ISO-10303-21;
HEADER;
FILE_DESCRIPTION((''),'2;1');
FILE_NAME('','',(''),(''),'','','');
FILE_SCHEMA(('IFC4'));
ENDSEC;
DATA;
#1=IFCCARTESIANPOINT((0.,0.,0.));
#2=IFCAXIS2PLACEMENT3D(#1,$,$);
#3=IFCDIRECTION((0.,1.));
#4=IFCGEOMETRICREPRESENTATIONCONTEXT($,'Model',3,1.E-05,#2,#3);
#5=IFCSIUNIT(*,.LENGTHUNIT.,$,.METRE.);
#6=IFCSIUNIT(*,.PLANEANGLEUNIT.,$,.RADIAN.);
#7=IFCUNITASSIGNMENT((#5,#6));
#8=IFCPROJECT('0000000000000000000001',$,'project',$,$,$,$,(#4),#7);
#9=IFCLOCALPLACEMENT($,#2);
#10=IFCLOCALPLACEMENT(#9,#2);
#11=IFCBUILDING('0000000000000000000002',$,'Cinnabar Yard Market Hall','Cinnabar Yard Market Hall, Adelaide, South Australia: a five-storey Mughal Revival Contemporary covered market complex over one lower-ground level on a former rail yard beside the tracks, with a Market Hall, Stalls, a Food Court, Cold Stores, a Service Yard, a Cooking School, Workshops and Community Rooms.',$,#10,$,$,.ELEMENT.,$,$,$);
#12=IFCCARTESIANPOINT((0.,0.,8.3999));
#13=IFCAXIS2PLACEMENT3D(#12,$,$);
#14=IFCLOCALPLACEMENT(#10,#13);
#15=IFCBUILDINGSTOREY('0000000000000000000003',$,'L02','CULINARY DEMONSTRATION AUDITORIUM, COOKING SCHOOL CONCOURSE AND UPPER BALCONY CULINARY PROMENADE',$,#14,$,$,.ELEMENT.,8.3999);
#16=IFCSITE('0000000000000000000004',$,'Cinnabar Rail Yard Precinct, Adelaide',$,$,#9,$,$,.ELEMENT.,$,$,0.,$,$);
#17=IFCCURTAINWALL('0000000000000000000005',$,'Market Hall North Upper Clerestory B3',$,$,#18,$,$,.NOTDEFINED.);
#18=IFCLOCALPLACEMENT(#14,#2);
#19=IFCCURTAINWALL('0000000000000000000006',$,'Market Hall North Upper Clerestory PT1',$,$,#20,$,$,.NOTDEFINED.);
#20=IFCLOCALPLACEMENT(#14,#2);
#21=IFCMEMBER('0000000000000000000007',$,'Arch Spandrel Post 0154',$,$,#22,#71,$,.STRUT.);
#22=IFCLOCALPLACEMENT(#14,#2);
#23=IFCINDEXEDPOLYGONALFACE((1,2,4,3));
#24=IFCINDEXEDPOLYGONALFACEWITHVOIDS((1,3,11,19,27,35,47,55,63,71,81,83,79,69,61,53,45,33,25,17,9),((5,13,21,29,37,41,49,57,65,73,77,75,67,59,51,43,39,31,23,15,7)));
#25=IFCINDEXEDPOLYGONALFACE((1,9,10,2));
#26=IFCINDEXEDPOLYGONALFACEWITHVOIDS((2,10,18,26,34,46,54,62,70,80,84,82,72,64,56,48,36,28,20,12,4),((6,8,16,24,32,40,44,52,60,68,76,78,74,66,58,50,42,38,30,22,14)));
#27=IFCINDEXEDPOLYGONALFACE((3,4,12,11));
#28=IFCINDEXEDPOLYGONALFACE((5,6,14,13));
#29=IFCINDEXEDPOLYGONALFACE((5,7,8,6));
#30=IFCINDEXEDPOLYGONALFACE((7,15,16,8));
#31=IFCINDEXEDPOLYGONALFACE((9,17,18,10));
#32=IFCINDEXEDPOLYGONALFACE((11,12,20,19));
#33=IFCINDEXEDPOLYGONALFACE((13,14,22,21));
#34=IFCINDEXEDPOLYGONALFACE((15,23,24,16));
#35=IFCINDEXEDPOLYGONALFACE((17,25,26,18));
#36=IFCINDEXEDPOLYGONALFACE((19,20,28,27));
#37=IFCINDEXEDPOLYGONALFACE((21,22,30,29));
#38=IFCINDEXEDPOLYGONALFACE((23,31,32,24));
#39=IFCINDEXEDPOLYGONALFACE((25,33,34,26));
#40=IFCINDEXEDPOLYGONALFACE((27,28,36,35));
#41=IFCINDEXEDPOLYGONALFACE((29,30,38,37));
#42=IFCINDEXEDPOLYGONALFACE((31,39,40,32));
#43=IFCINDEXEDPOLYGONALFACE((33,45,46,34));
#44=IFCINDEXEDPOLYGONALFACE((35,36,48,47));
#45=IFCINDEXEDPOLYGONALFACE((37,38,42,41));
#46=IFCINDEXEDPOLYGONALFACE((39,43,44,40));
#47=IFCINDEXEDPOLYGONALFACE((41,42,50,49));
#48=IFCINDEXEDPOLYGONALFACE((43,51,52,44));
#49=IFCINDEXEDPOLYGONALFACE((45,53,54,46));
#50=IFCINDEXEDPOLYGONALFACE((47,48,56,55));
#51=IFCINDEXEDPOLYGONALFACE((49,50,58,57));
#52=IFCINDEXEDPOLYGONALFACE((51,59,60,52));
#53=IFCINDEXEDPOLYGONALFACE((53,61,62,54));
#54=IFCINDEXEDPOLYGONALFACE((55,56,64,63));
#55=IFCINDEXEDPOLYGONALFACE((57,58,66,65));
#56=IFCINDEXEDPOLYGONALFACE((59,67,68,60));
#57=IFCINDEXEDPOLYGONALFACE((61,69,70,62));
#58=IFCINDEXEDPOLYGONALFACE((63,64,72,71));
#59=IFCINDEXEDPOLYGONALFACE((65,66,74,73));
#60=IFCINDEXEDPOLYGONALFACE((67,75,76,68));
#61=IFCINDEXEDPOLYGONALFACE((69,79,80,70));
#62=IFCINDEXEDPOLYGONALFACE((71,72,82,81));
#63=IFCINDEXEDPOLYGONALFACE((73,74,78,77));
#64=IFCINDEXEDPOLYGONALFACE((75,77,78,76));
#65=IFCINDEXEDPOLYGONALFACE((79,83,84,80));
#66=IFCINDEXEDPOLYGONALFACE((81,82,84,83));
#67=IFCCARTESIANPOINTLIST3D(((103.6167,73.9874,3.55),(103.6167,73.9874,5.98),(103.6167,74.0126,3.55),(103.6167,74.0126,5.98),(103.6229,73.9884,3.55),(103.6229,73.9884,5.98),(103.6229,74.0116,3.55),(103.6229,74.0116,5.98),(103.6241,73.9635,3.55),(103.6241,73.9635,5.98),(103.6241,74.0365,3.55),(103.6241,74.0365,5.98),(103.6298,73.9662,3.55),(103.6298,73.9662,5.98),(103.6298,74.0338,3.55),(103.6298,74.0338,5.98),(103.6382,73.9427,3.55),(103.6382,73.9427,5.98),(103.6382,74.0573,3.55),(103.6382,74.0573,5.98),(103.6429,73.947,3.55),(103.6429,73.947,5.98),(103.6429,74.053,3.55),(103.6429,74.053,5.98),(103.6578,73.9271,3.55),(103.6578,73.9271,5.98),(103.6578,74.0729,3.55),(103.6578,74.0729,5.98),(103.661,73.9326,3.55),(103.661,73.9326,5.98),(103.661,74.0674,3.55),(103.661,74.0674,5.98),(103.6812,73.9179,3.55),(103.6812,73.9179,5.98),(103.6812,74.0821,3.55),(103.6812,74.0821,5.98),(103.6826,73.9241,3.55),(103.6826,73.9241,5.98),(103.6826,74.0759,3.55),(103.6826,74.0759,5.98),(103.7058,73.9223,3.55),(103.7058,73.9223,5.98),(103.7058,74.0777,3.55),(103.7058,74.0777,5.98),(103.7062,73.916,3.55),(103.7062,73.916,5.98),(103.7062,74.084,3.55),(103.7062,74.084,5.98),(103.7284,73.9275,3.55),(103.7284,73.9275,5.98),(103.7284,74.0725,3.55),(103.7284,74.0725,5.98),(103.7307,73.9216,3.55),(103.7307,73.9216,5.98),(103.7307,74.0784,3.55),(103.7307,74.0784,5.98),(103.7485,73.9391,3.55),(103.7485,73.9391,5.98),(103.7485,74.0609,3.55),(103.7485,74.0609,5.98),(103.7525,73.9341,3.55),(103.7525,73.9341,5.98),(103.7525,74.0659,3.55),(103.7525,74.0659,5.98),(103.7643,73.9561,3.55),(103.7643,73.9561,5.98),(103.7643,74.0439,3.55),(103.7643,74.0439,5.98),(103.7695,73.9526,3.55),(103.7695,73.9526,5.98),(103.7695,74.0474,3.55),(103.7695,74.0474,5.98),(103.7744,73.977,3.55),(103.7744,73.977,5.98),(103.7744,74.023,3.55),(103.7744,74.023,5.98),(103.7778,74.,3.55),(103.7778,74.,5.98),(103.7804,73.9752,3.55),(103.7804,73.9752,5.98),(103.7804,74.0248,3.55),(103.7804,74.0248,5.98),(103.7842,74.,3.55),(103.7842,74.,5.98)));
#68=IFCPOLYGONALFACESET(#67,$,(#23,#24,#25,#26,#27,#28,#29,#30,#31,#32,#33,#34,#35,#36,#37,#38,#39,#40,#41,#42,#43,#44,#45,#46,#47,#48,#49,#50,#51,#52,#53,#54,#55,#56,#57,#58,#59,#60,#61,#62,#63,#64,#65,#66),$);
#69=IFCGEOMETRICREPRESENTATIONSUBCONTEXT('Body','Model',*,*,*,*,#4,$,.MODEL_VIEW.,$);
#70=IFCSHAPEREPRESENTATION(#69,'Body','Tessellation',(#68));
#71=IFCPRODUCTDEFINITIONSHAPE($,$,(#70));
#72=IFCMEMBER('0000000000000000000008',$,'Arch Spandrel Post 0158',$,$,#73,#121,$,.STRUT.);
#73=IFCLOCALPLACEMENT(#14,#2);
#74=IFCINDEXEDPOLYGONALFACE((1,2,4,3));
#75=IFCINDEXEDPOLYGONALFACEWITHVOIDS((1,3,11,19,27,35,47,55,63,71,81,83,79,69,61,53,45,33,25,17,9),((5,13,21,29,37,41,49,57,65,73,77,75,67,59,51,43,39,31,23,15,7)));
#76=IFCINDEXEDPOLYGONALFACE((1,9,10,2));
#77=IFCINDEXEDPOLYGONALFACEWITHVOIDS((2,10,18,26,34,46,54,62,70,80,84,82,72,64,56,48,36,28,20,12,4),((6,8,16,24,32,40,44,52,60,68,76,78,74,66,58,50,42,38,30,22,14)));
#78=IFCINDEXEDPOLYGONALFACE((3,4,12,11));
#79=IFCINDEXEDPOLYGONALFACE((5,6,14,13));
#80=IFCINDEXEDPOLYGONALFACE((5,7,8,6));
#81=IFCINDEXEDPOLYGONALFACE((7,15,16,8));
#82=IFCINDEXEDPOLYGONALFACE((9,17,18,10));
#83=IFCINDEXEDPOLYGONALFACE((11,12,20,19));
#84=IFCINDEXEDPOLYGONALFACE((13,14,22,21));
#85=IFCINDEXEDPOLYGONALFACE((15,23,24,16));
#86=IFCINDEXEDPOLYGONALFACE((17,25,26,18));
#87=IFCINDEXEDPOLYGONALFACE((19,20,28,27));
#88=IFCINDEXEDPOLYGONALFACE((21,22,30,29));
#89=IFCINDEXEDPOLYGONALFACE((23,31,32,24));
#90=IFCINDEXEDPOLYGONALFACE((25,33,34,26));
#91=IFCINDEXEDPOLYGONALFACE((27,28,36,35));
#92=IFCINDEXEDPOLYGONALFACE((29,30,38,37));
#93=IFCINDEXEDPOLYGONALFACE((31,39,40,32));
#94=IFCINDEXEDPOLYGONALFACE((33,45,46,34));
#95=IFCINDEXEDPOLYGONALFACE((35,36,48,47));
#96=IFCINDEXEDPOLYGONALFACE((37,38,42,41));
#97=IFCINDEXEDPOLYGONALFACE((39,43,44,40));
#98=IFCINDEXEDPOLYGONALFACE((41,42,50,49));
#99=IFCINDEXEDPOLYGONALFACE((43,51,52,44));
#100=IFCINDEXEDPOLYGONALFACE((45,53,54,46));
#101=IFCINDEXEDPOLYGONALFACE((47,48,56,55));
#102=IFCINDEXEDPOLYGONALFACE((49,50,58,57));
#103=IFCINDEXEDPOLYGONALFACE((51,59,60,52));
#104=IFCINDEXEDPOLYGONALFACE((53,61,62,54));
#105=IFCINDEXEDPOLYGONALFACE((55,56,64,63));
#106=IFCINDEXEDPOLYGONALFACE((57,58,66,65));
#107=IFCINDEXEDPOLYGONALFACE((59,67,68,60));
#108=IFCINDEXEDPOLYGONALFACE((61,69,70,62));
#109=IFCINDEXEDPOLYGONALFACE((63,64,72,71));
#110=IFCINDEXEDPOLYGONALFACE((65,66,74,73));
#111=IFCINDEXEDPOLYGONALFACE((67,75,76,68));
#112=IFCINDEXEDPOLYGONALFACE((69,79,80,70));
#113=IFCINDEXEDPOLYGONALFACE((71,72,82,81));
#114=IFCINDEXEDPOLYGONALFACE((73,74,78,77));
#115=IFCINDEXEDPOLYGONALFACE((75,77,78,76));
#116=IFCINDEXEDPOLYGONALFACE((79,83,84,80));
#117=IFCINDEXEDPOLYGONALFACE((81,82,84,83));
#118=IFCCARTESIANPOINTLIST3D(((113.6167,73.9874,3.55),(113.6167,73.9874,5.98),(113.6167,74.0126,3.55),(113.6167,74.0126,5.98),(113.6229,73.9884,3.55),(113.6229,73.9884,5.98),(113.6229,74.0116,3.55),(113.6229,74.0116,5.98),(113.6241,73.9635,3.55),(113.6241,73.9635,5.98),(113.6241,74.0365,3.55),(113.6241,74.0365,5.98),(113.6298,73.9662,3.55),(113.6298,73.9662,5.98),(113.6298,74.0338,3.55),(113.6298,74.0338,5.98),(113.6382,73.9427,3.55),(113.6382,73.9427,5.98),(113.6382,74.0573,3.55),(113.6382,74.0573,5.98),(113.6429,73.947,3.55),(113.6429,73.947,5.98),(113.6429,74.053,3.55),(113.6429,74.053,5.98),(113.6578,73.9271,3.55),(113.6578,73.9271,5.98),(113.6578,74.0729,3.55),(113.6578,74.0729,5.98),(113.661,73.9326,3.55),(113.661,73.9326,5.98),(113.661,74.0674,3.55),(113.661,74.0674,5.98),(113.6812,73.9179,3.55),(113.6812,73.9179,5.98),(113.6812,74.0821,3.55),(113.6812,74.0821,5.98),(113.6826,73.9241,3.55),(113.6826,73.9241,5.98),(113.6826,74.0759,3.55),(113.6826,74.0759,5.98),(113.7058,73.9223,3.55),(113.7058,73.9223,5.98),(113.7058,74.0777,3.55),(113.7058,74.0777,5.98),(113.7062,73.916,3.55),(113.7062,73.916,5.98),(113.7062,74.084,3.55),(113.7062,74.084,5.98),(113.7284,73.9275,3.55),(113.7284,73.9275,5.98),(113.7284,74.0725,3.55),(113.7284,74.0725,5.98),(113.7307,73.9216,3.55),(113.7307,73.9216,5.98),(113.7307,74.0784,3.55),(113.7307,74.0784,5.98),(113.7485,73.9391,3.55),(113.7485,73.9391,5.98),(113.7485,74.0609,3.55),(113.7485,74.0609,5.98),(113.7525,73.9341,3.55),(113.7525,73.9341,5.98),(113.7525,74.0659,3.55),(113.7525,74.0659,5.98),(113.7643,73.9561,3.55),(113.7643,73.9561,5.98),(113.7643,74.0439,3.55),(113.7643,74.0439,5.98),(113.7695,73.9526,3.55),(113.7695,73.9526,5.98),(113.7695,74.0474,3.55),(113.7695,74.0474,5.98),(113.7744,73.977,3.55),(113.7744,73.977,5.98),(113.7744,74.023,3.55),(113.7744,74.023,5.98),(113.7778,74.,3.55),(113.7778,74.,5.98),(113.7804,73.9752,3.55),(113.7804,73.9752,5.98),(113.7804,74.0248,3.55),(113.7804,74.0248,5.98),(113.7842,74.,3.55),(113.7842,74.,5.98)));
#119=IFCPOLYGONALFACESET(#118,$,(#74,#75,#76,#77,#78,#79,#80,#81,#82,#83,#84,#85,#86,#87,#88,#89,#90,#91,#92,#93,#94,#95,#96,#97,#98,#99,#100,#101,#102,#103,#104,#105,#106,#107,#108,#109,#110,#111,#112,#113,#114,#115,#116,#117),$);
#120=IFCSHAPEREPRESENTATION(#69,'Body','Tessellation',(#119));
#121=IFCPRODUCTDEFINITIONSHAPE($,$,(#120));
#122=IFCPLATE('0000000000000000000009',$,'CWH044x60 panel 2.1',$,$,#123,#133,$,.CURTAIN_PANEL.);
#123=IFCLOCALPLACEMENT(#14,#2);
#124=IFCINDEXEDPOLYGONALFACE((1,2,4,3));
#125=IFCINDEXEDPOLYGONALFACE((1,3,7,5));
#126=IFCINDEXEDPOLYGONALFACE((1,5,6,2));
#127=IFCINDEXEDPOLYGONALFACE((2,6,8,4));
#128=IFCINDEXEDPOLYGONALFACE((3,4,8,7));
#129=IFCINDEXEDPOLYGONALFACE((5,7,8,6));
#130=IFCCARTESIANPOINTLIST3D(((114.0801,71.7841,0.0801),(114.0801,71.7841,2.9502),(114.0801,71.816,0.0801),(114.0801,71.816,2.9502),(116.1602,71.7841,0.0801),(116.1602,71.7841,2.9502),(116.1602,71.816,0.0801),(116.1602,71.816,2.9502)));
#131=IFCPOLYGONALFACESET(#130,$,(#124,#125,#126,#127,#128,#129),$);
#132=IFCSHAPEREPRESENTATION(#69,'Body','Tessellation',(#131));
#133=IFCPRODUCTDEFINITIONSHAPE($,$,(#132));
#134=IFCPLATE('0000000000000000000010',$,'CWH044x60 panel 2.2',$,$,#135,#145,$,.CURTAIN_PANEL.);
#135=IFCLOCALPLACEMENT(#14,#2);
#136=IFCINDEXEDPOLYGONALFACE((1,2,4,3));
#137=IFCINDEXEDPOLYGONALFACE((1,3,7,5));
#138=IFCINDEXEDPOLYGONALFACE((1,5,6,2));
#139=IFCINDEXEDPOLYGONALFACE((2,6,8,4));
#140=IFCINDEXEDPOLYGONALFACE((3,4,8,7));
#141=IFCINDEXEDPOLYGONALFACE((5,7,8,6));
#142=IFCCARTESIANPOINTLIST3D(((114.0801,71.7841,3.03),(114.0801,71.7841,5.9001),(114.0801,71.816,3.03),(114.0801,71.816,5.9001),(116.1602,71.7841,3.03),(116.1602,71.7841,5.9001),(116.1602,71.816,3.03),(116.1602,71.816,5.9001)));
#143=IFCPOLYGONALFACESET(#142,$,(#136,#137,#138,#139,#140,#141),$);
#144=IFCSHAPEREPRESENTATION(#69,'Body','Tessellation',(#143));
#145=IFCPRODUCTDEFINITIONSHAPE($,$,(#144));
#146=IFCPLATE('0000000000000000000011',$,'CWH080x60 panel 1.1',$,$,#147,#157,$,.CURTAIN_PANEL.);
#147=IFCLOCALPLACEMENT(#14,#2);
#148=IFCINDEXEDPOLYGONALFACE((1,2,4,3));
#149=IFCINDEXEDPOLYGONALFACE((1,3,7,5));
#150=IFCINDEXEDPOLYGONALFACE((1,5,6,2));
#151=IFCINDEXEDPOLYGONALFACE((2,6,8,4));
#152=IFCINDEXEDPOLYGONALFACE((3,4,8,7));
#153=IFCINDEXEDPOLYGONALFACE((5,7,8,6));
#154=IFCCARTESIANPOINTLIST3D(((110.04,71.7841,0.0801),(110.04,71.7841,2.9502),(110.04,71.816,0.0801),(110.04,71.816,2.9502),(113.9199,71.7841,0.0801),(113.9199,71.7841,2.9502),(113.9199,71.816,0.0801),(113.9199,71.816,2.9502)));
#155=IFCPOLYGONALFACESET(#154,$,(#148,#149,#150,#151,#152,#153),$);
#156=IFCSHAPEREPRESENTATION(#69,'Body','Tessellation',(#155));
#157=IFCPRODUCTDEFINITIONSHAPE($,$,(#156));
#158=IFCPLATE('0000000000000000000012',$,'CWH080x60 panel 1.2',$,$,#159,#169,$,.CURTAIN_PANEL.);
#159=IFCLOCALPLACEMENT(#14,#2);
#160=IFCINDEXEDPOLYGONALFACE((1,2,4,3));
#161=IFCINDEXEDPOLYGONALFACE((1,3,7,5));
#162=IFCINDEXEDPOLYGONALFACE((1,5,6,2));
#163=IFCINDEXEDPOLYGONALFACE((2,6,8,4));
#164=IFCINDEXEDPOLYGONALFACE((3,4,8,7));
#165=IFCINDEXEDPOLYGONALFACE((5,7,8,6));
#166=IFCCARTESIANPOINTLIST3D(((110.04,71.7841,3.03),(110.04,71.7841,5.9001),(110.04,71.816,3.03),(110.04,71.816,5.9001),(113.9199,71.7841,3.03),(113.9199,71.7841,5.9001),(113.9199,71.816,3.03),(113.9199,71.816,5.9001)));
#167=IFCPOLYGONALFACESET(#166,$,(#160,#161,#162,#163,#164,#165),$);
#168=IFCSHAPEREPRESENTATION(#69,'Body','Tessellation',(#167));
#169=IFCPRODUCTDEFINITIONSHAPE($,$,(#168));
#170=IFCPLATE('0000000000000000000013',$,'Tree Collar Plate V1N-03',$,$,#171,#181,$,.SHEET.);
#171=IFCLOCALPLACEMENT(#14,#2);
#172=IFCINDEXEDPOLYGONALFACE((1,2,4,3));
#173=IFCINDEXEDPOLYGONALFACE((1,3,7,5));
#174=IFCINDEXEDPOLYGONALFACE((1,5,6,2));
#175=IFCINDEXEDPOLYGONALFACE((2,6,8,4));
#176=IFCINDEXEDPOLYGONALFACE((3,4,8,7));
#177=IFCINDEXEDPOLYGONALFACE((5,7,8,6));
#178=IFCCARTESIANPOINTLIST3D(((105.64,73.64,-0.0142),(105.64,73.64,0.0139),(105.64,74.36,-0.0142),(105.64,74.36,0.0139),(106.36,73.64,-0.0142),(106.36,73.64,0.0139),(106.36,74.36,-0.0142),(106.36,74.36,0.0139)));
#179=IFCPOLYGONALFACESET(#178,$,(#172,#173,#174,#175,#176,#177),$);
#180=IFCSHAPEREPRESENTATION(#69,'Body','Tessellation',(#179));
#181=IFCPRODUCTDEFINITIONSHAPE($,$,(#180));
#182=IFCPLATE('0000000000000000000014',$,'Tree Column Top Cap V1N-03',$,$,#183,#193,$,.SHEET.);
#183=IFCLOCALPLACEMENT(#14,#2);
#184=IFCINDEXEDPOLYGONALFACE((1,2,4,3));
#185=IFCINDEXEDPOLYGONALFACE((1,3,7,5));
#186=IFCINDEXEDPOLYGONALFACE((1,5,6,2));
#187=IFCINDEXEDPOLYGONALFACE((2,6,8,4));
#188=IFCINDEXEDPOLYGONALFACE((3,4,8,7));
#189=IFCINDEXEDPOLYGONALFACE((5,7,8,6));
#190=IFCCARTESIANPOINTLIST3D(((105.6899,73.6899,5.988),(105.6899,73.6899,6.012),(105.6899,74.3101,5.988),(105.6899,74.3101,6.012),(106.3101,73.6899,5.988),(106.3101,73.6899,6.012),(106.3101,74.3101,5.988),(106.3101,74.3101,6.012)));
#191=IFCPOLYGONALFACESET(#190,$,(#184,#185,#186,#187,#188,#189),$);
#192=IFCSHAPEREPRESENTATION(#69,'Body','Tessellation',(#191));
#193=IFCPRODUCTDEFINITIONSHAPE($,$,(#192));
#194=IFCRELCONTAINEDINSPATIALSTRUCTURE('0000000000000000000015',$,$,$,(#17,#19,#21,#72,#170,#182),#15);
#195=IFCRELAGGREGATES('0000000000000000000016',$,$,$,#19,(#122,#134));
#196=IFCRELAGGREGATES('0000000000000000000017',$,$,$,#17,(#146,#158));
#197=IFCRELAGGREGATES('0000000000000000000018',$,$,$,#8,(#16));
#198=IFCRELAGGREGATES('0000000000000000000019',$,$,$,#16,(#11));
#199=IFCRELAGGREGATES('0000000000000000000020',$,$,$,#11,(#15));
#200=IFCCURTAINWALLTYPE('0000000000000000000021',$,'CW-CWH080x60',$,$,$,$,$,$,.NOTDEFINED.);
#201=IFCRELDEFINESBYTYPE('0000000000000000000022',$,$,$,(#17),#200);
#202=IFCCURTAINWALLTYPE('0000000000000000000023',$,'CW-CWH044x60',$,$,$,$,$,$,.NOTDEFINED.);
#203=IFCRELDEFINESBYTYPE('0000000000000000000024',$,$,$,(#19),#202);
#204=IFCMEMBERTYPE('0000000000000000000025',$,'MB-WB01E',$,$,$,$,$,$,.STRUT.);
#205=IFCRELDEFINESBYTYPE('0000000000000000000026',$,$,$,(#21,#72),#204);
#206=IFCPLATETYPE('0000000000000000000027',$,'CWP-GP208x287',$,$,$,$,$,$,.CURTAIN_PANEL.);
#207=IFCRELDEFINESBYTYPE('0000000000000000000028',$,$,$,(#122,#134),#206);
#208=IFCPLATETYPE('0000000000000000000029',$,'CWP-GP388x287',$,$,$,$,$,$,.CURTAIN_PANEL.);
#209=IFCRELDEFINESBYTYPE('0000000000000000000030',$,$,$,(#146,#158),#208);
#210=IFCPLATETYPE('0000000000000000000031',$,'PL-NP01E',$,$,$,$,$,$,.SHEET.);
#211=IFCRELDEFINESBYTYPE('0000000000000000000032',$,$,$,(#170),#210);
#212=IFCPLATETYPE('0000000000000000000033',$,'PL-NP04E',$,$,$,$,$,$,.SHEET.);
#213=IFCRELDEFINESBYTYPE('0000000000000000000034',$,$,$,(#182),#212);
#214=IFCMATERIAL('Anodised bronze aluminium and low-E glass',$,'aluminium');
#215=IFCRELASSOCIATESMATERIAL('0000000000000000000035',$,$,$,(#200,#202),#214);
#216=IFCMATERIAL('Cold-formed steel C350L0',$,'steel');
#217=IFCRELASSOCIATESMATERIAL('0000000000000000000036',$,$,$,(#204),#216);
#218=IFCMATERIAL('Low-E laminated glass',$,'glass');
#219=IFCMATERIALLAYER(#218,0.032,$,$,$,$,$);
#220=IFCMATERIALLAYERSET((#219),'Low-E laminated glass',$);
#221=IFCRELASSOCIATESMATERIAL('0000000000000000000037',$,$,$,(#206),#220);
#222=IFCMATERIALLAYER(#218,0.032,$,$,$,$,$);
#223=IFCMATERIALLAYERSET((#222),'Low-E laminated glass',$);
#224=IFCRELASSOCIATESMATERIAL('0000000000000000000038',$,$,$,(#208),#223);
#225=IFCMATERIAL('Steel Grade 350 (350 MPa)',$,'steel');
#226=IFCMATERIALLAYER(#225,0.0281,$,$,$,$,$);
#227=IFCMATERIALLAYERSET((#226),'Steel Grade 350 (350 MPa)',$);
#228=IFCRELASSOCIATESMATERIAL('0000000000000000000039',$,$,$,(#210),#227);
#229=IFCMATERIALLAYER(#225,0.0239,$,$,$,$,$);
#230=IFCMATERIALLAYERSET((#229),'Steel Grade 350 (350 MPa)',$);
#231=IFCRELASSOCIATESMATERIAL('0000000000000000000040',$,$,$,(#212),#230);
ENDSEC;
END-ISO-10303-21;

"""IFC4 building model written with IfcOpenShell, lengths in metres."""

from ifc_helpers import new_model, si_unit, direction, frame, origin, origin_2d_with_axis, place, context, subcontext, project, spatial, rectangle, hollow_circle, extrude, material, layer, layer_set, material_profile, profile_set, type_object, element, aggregate, save


model = new_model("IFC4")

# Units and contexts
model_context = context("Model", 3, precision=1e-05, world=origin(), true_north=direction((0.0, 1.0)))
body_context = subcontext(model_context, "Body", "Model", "MODEL_VIEW")
ifc_project = project(units=[si_unit("LENGTHUNIT", "METRE"), si_unit("PLANEANGLEUNIT", "RADIAN")], contexts=[model_context])

# Site, building, storey
site_placement = place(None, origin())
site = spatial("IfcSite", under=ifc_project, at=site_placement, Name="Cinnabar Rail Yard Precinct, Adelaide", CompositionType="ELEMENT", RefElevation=0.0)
building_placement = place(site_placement, origin())
building = spatial("IfcBuilding", under=site, at=building_placement, Name="Cinnabar Yard Market Hall", Description="Cinnabar Yard Market Hall, Adelaide, South Australia: a five-storey Mughal Revival Contemporary covered market complex over one lower-ground level on a former rail yard beside the tracks, with a Market Hall, Stalls, a Food Court, Cold Stores, a Service Yard, a Cooking School, Workshops and Community Rooms.", CompositionType="ELEMENT")
storey_placement = place(building_placement, frame((0.0, 0.0, 8.3999)))
storey = spatial("IfcBuildingStorey", under=building, at=storey_placement, Name="L02", Description="CULINARY DEMONSTRATION AUDITORIUM, COOKING SCHOOL CONCOURSE AND UPPER BALCONY CULINARY PROMENADE", CompositionType="ELEMENT", Elevation=8.3999)

# Curtain wall
ifc_material_1 = material(Name="Anodised bronze aluminium and low-E glass", Category="aluminium")
curtain_wall_type_1 = type_object("IfcCurtainWallType", Name="CW-CWH080x60", PredefinedType="NOTDEFINED", material=ifc_material_1)
curtain_wall_1_placement = place(storey_placement, origin())
curtain_wall_1 = element("IfcCurtainWall", 1, at=curtain_wall_1_placement, inside=storey, type_object=curtain_wall_type_1, Name="Market Hall North Upper Clerestory B3", PredefinedType="NOTDEFINED")

# Curtain wall
curtain_wall_type_2 = type_object("IfcCurtainWallType", Name="CW-CWH044x60", PredefinedType="NOTDEFINED", material=ifc_material_1)
curtain_wall_2_placement = place(storey_placement, origin())
curtain_wall_2 = element("IfcCurtainWall", 2, at=curtain_wall_2_placement, inside=storey, type_object=curtain_wall_type_2, Name="Market Hall North Upper Clerestory PT1", PredefinedType="NOTDEFINED")

# Members
ifc_material_2 = material(Name="Cold-formed steel C350L0", Category="steel")
ifc_material_profile_1 = material_profile(ifc_material_2, hollow_circle(Radius=0.0842, WallThickness=0.0063, at=origin_2d_with_axis()), Name="168.3x6.4CHS")
ifc_profile_set_1 = profile_set([ifc_material_profile_1], Name="Cold-formed steel C350L0")
member_type_1 = type_object("IfcMemberType", Name="MB-WB01E", PredefinedType="STRUT", material=ifc_profile_set_1)
for number, where, z_axis, x_axis, name in (
    (3, (103.7, 74.0, 3.55), (0.0, 0.0, 1.0), (1.0, 0.0, 0.0), "Arch Spandrel Post 0154"),
    (4, (113.7, 74.0, 3.55), (0.0, 0.0, 1.0), (1.0, 0.0, 0.0), "Arch Spandrel Post 0158"),
):
    element("IfcMember", number, at=place(storey_placement, frame(where, z_axis=z_axis, x_axis=x_axis)), inside=storey, type_object=member_type_1, Name=name, PredefinedType="STRUT", context=body_context, shape_type="SweptSolid", body=[
        extrude(hollow_circle(Radius=0.0842, WallThickness=0.0063, at=origin_2d_with_axis()), origin(), (0.0, 0.0, 1.0), 2.4299),
    ])

# Plates
ifc_material_3 = material(Name="Low-E laminated glass", Category="glass")
ifc_layer_1 = layer(ifc_material_3, 0.032)
ifc_layer_set_1 = layer_set([ifc_layer_1], Name="Low-E laminated glass")
plate_type_1 = type_object("IfcPlateType", Name="CWP-GP208x287", PredefinedType="CURTAIN_PANEL", material=ifc_layer_set_1)
plate_1_placement = place(storey_placement, frame((115.1201, 71.8, 0.0801), z_axis=(0.0, 0.0, 1.0), x_axis=(-1.0, 0.0, 0.0)))
plate_1 = element("IfcPlate", 5, at=plate_1_placement, type_object=plate_type_1, Name="CWH044x60 panel 2.1", PredefinedType="CURTAIN_PANEL", context=body_context, shape_type="SweptSolid", body=[
    extrude(rectangle(XDim=2.0801, YDim=0.032, at=origin_2d_with_axis()), origin(), (0.0, 0.0, 1.0), 2.8701),
])
plate_2_placement = place(storey_placement, frame((115.1201, 71.8, 3.03), z_axis=(0.0, 0.0, 1.0), x_axis=(-1.0, 0.0, 0.0)))
plate_2 = element("IfcPlate", 6, at=plate_2_placement, type_object=plate_type_1, Name="CWH044x60 panel 2.2", PredefinedType="CURTAIN_PANEL", context=body_context, shape_type="SweptSolid", body=[
    extrude(rectangle(XDim=2.0801, YDim=0.032, at=origin_2d_with_axis()), origin(), (0.0, 0.0, 1.0), 2.8701),
])
aggregate(curtain_wall_2, [plate_1, plate_2])
ifc_layer_2 = layer(ifc_material_3, 0.032)
ifc_layer_set_2 = layer_set([ifc_layer_2], Name="Low-E laminated glass")
plate_type_2 = type_object("IfcPlateType", Name="CWP-GP388x287", PredefinedType="CURTAIN_PANEL", material=ifc_layer_set_2)
plate_3_placement = place(storey_placement, frame((111.98, 71.8, 0.0801), z_axis=(0.0, 0.0, 1.0), x_axis=(-1.0, 0.0, 0.0)))
plate_3 = element("IfcPlate", 7, at=plate_3_placement, type_object=plate_type_2, Name="CWH080x60 panel 1.1", PredefinedType="CURTAIN_PANEL", context=body_context, shape_type="SweptSolid", body=[
    extrude(rectangle(XDim=3.8799, YDim=0.032, at=origin_2d_with_axis()), origin(), (0.0, 0.0, 1.0), 2.8701),
])
plate_4_placement = place(storey_placement, frame((111.98, 71.8, 3.03), z_axis=(0.0, 0.0, 1.0), x_axis=(-1.0, 0.0, 0.0)))
plate_4 = element("IfcPlate", 8, at=plate_4_placement, type_object=plate_type_2, Name="CWH080x60 panel 1.2", PredefinedType="CURTAIN_PANEL", context=body_context, shape_type="SweptSolid", body=[
    extrude(rectangle(XDim=3.8799, YDim=0.032, at=origin_2d_with_axis()), origin(), (0.0, 0.0, 1.0), 2.8701),
])
aggregate(curtain_wall_1, [plate_3, plate_4])

# Plates
ifc_material_4 = material(Name="Steel Grade 350 (350 MPa)", Category="steel")
ifc_layer_3 = layer(ifc_material_4, 0.0281)
ifc_layer_set_3 = layer_set([ifc_layer_3], Name="Steel Grade 350 (350 MPa)")
plate_type_3 = type_object("IfcPlateType", Name="PL-NP01E", PredefinedType="SHEET", material=ifc_layer_set_3)
plate_5_placement = place(storey_placement, frame((106.0, 74.0, -0.0142), z_axis=(0.0, 0.0, 1.0), x_axis=(1.0, 0.0, 0.0)))
element("IfcPlate", 9, at=plate_5_placement, inside=storey, type_object=plate_type_3, Name="Tree Collar Plate V1N-03", PredefinedType="SHEET", context=body_context, shape_type="SweptSolid", body=[
    extrude(rectangle(XDim=0.72, YDim=0.72, at=origin_2d_with_axis()), origin(), (0.0, 0.0, 1.0), 0.0281),
])
ifc_layer_4 = layer(ifc_material_4, 0.0239)
ifc_layer_set_4 = layer_set([ifc_layer_4], Name="Steel Grade 350 (350 MPa)")
plate_type_4 = type_object("IfcPlateType", Name="PL-NP04E", PredefinedType="SHEET", material=ifc_layer_set_4)
plate_6_placement = place(storey_placement, frame((106.0, 74.0, 5.988), z_axis=(0.0, 0.0, 1.0), x_axis=(1.0, 0.0, 0.0)))
element("IfcPlate", 10, at=plate_6_placement, inside=storey, type_object=plate_type_4, Name="Tree Column Top Cap V1N-03", PredefinedType="SHEET", context=body_context, shape_type="SweptSolid", body=[
    extrude(rectangle(XDim=0.6201, YDim=0.6201, at=origin_2d_with_axis()), origin(), (0.0, 0.0, 1.0), 0.0239),
])

save(model, "model.ifc")
